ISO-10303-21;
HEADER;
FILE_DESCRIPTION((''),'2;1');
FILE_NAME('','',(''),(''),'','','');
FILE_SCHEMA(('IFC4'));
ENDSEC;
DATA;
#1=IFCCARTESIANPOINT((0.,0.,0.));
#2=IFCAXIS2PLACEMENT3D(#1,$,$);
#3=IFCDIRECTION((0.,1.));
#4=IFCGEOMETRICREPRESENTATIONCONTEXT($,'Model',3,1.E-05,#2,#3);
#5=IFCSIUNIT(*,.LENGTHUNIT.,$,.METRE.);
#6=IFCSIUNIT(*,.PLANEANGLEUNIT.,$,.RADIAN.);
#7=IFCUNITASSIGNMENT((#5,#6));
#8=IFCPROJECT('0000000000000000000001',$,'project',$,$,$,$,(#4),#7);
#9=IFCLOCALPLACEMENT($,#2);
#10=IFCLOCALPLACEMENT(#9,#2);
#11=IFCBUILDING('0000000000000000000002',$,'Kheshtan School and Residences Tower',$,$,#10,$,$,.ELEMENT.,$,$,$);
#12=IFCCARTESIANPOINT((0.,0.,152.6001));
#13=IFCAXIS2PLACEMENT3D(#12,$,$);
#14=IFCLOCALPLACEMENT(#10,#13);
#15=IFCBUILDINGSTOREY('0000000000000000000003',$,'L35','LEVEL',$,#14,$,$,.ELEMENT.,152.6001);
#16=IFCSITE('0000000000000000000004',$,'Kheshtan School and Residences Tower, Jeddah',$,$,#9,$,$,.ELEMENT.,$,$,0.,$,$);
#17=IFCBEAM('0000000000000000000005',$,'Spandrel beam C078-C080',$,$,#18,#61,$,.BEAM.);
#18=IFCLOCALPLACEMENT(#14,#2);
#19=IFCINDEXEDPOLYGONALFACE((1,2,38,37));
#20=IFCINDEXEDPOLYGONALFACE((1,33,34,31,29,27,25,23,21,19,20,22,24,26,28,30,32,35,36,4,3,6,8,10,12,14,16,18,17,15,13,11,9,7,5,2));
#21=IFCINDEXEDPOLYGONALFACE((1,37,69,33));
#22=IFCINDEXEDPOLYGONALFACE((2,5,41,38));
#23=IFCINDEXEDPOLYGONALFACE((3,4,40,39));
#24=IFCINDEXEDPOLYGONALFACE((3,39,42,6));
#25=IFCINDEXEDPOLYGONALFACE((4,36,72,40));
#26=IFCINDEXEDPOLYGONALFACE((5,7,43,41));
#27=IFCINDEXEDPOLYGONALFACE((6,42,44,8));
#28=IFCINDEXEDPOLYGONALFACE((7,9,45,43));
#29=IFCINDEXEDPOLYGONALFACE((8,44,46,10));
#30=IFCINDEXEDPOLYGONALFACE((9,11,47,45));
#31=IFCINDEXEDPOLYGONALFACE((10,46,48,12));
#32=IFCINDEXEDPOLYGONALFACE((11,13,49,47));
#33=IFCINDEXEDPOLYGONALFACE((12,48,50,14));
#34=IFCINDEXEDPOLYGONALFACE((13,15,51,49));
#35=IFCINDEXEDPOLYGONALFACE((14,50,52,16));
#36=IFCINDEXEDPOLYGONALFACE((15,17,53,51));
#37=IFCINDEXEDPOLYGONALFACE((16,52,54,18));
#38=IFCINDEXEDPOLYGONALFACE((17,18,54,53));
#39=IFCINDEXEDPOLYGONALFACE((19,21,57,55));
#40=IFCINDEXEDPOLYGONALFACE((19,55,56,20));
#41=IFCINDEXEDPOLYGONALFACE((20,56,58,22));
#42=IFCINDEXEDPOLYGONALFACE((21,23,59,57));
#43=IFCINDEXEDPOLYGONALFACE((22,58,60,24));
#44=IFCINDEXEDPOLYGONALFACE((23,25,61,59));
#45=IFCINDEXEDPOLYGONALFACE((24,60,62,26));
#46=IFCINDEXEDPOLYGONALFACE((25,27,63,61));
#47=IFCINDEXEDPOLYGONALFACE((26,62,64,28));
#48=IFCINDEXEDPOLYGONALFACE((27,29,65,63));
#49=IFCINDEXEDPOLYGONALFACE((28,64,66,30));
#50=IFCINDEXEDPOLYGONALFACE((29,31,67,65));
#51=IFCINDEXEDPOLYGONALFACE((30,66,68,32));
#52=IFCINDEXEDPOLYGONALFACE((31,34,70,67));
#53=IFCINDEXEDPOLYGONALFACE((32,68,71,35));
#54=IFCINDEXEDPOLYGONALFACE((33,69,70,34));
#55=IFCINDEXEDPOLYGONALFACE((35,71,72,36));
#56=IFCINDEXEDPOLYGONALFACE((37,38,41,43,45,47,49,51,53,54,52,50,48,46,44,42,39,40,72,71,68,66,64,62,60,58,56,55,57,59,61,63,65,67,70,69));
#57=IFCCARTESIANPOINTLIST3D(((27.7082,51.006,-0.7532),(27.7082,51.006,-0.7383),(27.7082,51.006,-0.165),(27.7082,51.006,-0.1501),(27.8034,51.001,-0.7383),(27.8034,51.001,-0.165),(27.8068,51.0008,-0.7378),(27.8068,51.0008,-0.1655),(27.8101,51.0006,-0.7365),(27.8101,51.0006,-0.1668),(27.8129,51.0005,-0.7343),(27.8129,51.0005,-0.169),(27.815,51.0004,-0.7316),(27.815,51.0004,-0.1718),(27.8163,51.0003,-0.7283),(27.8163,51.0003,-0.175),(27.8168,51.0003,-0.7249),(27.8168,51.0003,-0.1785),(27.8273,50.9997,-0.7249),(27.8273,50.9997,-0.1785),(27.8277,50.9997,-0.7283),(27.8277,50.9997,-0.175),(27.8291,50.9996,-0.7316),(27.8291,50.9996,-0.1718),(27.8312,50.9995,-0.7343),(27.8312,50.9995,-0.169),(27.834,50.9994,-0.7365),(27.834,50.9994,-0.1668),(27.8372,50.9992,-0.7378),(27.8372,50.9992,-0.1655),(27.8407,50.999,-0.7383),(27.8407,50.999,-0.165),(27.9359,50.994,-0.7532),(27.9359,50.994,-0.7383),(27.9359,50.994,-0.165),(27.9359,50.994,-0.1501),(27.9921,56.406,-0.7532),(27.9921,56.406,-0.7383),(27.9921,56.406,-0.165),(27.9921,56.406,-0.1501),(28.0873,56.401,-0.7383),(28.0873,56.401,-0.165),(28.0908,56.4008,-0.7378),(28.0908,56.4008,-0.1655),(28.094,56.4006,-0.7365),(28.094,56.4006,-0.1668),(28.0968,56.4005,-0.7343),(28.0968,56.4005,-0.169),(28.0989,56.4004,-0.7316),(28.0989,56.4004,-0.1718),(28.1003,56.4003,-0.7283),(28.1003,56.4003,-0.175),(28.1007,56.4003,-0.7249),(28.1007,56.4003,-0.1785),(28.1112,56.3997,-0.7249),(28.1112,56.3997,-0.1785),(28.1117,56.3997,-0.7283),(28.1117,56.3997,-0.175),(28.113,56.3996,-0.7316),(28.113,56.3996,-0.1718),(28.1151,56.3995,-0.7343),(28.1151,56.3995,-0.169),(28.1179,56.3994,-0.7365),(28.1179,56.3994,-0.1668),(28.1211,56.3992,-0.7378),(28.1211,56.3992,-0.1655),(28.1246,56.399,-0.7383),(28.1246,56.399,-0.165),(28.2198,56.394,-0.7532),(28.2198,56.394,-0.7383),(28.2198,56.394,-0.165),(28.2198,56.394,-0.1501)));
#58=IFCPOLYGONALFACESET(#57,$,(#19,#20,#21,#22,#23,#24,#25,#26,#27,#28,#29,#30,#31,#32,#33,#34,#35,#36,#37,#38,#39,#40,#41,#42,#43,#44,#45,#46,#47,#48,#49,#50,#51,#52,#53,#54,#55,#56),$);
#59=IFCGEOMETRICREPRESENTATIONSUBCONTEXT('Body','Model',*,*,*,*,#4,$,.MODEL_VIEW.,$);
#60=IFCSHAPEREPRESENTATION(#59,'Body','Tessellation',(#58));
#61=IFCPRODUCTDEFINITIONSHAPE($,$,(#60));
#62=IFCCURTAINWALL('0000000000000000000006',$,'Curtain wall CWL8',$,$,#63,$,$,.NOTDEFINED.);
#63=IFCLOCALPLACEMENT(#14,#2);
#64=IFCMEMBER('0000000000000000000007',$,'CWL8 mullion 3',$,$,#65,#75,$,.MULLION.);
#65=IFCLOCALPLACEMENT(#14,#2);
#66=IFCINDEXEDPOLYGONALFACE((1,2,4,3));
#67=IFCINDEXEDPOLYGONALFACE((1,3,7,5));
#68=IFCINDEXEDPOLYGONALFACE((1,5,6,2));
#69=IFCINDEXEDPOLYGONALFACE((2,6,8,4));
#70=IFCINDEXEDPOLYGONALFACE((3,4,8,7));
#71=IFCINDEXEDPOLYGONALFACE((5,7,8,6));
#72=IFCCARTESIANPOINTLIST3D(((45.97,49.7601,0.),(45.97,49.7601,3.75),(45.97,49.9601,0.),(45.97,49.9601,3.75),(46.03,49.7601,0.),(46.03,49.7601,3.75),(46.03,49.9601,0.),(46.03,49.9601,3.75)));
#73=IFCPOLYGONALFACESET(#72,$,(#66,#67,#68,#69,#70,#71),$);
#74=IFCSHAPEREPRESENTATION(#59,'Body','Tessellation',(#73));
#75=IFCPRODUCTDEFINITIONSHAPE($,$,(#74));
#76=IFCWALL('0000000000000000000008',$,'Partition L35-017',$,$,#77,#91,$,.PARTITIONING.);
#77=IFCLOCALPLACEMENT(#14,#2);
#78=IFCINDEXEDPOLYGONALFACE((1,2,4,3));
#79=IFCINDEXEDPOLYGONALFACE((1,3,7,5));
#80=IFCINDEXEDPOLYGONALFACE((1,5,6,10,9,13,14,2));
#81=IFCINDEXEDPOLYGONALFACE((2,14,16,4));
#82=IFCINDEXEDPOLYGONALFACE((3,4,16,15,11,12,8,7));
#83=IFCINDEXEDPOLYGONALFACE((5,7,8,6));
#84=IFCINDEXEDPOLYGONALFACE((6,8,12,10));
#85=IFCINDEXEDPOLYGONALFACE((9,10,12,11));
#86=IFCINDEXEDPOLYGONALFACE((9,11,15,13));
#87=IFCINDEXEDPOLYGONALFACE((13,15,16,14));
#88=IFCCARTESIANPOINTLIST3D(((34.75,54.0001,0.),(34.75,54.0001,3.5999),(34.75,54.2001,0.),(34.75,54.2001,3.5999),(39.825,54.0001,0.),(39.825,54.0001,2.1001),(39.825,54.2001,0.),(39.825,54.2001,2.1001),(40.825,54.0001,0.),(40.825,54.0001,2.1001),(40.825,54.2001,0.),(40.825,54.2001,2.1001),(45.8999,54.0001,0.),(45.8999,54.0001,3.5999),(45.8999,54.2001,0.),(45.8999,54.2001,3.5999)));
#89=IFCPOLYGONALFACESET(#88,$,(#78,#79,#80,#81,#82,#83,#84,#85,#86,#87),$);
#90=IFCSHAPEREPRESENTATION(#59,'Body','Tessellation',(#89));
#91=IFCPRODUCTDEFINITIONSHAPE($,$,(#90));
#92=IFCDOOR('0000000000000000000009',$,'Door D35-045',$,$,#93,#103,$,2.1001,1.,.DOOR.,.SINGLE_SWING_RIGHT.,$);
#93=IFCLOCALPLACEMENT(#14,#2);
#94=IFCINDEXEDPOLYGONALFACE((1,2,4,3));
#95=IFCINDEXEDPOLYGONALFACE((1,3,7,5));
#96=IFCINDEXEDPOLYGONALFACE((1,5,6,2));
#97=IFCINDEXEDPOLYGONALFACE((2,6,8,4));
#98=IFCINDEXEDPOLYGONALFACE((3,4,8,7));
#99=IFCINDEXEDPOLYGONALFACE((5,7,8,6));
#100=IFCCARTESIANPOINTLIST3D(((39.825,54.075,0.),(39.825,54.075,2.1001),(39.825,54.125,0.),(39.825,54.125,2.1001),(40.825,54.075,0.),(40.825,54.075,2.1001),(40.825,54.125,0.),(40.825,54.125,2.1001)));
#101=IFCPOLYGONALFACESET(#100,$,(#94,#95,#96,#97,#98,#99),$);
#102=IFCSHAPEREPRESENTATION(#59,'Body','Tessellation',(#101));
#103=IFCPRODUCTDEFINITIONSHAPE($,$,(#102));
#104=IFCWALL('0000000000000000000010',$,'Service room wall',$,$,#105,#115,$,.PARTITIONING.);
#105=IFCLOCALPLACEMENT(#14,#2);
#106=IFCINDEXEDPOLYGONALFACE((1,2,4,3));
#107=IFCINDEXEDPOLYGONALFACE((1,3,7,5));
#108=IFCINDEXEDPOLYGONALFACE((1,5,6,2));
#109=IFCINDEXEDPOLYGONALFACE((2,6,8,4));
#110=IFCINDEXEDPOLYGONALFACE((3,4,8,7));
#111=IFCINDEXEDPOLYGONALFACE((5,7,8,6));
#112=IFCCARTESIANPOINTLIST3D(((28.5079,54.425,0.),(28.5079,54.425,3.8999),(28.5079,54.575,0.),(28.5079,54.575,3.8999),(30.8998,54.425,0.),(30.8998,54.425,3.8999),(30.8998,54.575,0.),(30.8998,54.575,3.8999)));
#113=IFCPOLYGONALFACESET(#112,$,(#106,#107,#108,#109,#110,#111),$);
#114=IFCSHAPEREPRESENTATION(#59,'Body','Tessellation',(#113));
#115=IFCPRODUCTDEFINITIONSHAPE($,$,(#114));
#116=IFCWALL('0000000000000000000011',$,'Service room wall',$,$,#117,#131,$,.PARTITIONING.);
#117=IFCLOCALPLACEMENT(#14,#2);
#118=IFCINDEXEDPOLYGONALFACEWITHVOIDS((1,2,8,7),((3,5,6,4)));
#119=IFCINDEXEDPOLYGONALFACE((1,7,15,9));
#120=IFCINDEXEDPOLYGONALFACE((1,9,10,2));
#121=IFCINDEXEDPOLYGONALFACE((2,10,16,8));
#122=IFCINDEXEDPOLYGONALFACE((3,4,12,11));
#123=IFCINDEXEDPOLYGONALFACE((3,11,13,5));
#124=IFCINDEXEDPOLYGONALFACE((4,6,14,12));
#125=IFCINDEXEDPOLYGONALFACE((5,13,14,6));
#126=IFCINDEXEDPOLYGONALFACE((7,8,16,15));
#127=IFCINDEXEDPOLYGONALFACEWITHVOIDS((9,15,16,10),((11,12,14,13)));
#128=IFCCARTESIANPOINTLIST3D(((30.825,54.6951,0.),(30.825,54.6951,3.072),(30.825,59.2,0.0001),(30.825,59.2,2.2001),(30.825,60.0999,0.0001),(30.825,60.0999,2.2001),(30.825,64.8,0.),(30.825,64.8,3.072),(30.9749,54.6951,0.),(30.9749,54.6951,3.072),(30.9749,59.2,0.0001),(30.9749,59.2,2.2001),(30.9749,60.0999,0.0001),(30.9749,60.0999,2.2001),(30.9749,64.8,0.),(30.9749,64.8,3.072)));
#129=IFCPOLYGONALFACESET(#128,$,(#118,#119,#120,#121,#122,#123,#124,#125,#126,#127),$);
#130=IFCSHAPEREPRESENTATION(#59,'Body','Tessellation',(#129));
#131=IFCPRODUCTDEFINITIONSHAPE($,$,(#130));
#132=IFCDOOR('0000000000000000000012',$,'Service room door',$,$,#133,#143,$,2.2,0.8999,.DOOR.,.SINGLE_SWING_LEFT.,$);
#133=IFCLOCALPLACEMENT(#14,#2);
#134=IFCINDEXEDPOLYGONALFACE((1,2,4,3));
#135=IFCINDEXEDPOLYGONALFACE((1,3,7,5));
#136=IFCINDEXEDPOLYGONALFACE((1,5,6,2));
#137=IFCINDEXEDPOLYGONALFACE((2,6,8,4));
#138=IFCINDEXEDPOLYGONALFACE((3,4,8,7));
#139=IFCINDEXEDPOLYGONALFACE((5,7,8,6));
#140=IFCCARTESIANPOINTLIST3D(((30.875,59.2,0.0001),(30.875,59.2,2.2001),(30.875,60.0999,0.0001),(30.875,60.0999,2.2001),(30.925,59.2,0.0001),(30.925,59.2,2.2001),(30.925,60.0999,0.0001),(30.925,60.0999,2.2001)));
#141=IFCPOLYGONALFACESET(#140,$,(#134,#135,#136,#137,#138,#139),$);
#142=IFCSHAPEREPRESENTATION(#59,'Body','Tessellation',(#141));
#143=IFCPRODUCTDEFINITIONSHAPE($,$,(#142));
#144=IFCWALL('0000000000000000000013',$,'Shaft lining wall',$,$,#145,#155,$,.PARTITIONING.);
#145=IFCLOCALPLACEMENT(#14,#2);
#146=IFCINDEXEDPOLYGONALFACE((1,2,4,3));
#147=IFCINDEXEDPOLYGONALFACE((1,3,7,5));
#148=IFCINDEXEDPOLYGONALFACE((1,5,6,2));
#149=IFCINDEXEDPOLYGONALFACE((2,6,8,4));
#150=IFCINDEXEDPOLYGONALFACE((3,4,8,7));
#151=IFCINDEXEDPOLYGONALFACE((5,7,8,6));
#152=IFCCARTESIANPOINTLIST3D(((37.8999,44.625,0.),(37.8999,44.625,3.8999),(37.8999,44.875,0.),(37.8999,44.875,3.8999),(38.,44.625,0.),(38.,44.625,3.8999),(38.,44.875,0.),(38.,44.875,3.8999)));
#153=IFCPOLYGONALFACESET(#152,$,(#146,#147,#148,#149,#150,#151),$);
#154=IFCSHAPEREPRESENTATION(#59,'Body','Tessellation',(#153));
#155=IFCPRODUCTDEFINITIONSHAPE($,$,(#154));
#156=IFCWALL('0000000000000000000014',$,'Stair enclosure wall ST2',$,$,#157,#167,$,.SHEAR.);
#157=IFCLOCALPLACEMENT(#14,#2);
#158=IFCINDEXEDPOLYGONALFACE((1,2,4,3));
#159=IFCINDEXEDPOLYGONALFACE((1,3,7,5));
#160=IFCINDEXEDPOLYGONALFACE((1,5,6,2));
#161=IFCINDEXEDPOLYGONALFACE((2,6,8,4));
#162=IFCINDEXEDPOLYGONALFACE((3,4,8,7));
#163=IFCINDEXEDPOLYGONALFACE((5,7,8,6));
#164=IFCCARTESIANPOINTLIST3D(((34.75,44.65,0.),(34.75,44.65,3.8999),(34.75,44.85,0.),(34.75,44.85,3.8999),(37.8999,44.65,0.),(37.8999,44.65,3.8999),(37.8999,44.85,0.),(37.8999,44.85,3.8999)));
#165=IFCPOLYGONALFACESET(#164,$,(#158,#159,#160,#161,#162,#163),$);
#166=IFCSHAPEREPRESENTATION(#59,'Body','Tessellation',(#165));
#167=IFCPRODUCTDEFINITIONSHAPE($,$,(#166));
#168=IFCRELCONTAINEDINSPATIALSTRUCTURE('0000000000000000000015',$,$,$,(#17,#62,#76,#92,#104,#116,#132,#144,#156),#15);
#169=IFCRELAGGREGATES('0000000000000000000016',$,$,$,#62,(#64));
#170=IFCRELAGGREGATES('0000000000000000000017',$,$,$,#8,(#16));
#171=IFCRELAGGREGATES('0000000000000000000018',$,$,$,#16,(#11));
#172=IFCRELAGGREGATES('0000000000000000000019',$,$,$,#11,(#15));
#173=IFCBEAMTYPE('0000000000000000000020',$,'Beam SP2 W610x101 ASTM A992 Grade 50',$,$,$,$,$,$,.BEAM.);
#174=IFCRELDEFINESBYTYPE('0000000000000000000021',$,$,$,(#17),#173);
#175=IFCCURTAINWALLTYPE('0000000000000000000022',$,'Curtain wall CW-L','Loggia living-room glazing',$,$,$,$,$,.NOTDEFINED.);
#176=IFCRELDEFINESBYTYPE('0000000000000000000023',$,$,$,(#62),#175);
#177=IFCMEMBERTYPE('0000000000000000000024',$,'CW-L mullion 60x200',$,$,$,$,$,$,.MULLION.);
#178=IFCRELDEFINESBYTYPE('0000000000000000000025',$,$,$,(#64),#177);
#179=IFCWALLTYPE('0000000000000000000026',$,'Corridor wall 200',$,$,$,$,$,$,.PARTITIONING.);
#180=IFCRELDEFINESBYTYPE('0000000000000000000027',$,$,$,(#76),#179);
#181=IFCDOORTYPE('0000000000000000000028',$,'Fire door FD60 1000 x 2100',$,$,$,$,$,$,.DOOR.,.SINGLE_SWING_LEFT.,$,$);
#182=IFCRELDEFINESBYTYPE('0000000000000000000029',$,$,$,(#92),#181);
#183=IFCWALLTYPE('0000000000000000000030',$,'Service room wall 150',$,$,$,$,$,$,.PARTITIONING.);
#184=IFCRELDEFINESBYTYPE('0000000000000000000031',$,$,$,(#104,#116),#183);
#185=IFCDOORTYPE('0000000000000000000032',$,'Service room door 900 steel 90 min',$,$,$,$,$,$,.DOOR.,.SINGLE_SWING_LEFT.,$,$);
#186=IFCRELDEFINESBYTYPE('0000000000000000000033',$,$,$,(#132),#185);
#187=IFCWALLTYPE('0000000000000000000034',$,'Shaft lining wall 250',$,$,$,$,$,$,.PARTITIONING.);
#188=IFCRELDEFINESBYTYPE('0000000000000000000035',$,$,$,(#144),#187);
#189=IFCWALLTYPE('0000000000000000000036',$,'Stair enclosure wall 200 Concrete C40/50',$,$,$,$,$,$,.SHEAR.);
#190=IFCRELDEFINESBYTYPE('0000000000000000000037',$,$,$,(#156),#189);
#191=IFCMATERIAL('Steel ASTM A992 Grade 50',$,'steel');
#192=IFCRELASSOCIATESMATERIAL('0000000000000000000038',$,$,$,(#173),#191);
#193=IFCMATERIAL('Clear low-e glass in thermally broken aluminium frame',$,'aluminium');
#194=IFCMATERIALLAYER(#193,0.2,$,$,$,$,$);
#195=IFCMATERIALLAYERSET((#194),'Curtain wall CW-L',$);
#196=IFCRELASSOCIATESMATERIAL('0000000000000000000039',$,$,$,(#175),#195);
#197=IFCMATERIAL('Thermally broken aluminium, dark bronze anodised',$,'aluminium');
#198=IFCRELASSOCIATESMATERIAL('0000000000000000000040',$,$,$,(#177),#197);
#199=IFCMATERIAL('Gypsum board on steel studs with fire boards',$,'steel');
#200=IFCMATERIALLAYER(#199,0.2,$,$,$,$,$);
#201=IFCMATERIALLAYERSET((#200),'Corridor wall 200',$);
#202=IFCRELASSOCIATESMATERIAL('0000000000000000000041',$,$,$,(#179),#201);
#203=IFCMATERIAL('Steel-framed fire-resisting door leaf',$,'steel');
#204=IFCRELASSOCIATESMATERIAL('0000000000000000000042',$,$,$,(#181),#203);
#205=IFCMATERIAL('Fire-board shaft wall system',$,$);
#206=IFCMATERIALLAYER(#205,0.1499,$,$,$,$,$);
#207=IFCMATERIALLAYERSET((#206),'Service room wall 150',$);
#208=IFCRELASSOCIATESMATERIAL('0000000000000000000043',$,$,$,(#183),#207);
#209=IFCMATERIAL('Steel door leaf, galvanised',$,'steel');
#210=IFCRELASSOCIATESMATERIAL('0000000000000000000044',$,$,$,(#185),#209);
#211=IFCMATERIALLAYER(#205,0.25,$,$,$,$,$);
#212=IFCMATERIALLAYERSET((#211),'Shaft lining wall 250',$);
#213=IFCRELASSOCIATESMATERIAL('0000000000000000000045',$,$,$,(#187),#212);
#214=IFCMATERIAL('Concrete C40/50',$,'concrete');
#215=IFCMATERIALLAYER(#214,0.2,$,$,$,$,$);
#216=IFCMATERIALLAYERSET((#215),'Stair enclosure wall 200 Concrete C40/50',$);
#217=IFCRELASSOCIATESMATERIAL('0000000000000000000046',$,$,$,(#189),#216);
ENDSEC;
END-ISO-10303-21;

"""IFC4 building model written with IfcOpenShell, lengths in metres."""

from ifc_helpers import new_model, si_unit, direction, frame, frame_2d, origin, origin_2d, place, context, subcontext, project, spatial, rectangle, i_section, extrude, source, transform, mapped, material, layer, layer_set, material_profile, profile_set, type_object, element, fill, aggregate, save


model = new_model("IFC4")

# Units and contexts
model_context = context("Model", 3, precision=1e-05, world=origin(), true_north=direction((0.0, 1.0)))
body_context = subcontext(model_context, "Body", "Model", "MODEL_VIEW")
ifc_project = project(units=[si_unit("LENGTHUNIT", "METRE"), si_unit("PLANEANGLEUNIT", "RADIAN")], contexts=[model_context])

# Site, building, storey
site_placement = place(None, origin())
site = spatial("IfcSite", under=ifc_project, at=site_placement, Name="Kheshtan School and Residences Tower, Jeddah", CompositionType="ELEMENT", RefElevation=0.0)
building_placement = place(site_placement, origin())
building = spatial("IfcBuilding", under=site, at=building_placement, Name="Kheshtan School and Residences Tower", CompositionType="ELEMENT")
storey_placement = place(building_placement, frame((0.0, 0.0, 152.6001)))
storey = spatial("IfcBuildingStorey", under=building, at=storey_placement, Name="L35", Description="LEVEL", CompositionType="ELEMENT", Elevation=152.6001)

# Shared definitions
ifc_material_1 = material(Name="Steel ASTM A992 Grade 50", Category="steel")

# Beam
ifc_material_profile_1 = material_profile(ifc_material_1, i_section(OverallWidth=0.228, OverallDepth=0.603, WebThickness=0.0105, FlangeThickness=0.0149, FilletRadius=0.0134, at=origin_2d()), Name="W610x101")
ifc_profile_set_1 = profile_set([ifc_material_profile_1], Name="Steel ASTM A992 Grade 50")
beam_type = type_object("IfcBeamType", Name="Beam SP2 W610x101 ASTM A992 Grade 50", PredefinedType="BEAM", material=ifc_profile_set_1)
for number, where, z_axis, x_axis, name in (
    (1, (27.822, 51.0, -0.4517), (0.052509, 0.99862, 0.0), (-0.99862, 0.052509, 0.0), "Spandrel beam C078-C080"),
):
    element("IfcBeam", number, at=place(storey_placement, frame(where, z_axis=z_axis, x_axis=x_axis)), inside=storey, type_object=beam_type, Name=name, PredefinedType="BEAM", context=body_context, shape_type="SweptSolid", body=[
        extrude(i_section(OverallWidth=0.228, OverallDepth=0.603, WebThickness=0.0105, FlangeThickness=0.0149, FilletRadius=0.0134, at=origin_2d()), origin(), (0.0, 0.0, 1.0), 5.4075),
    ])

# Curtain wall, member
ifc_material_2 = material(Name="Clear low-e glass in thermally broken aluminium frame", Category="aluminium")
ifc_layer_1 = layer(ifc_material_2, 0.2)
ifc_layer_set_1 = layer_set([ifc_layer_1], Name="Curtain wall CW-L")
curtain_wall_type = type_object("IfcCurtainWallType", Name="Curtain wall CW-L", Description="Loggia living-room glazing", PredefinedType="NOTDEFINED", material=ifc_layer_set_1)
curtain_wall_placement = place(storey_placement, origin())
curtain_wall = element("IfcCurtainWall", 2, at=curtain_wall_placement, inside=storey, type_object=curtain_wall_type, Name="Curtain wall CWL8", PredefinedType="NOTDEFINED")
ifc_material_3 = material(Name="Thermally broken aluminium, dark bronze anodised", Category="aluminium")
ifc_material_profile_2 = material_profile(ifc_material_3, rectangle(XDim=0.0601, YDim=0.2, at=origin_2d()), Name="CW-L mullion 60x200")
ifc_profile_set_2 = profile_set([ifc_material_profile_2], Name="Thermally broken aluminium, dark bronze anodised")
member_type = type_object("IfcMemberType", Name="CW-L mullion 60x200", PredefinedType="MULLION", material=ifc_profile_set_2)
member_placement = place(storey_placement, frame((46.0, 49.8601, 0.0), z_axis=(0.0, 0.0, 1.0), x_axis=(1.0, 0.0, 0.0)))
member = element("IfcMember", 3, at=member_placement, type_object=member_type, Name="CWL8 mullion 3", PredefinedType="MULLION", context=body_context, shape_type="SweptSolid", body=[
    extrude(rectangle(XDim=0.0601, YDim=0.2, at=origin_2d()), origin(), (0.0, 0.0, 1.0), 3.75),
])
aggregate(curtain_wall, [member])

# Wall, opening, door
ifc_material_4 = material(Name="Gypsum board on steel studs with fire boards", Category="steel")
ifc_layer_2 = layer(ifc_material_4, 0.2)
ifc_layer_set_2 = layer_set([ifc_layer_2], Name="Corridor wall 200")
wall_type_1 = type_object("IfcWallType", Name="Corridor wall 200", PredefinedType="PARTITIONING", material=ifc_layer_set_2)
wall_1_placement = place(storey_placement, frame((34.75, 54.1001, 0.0), z_axis=(0.0, 0.0, 1.0), x_axis=(1.0, 0.0, 0.0)))
wall_1 = element("IfcWall", 4, at=wall_1_placement, inside=storey, type_object=wall_type_1, Name="Partition L35-017", PredefinedType="PARTITIONING", context=body_context, shape_type="SweptSolid", body=[
    extrude(rectangle(XDim=11.1499, YDim=0.2, at=frame_2d((5.575, 0.0))), origin(), (0.0, 0.0, 1.0), 3.5999),
])
opening_1_placement = place(wall_1_placement, frame((5.075, 0.0, 0.0)))
opening_1 = element("IfcOpeningElement", 5, at=opening_1_placement, cuts=wall_1, PredefinedType="OPENING", context=body_context, shape_type="SweptSolid", body=[
    extrude(rectangle(XDim=1.0, YDim=2.1001, at=frame_2d((0.5, 1.05))), frame((0.0, 0.1099, 0.0), z_axis=(0.0, -1.0, 0.0), x_axis=(1.0, 0.0, 0.0)), (0.0, 0.0, 1.0), 0.22),
])
ifc_material_5 = material(Name="Steel-framed fire-resisting door leaf", Category="steel")
door_type_1 = type_object("IfcDoorType", Name="Fire door FD60 1000 x 2100", OperationType="SINGLE_SWING_LEFT", PredefinedType="DOOR", material=ifc_material_5)
shared_shape_1 = source(origin(), body_context, "Body", "SweptSolid", [
    extrude(rectangle(XDim=1.0, YDim=2.1001, at=frame_2d((0.5, 1.05))), frame((0.0, 0.0249, 0.0), z_axis=(0.0, -1.0, 0.0), x_axis=(1.0, 0.0, 0.0)), (0.0, 0.0, 1.0), 0.05),
])
door_1_placement = place(opening_1_placement, origin())
door_1 = element("IfcDoor", 6, at=door_1_placement, inside=storey, type_object=door_type_1, Name="Door D35-045", OperationType="SINGLE_SWING_RIGHT", OverallHeight=2.1001, OverallWidth=1.0, PredefinedType="DOOR", context=body_context, shape_type="MappedRepresentation", body=[
    mapped(shared_shape_1, transform((0.0, 0.0, 0.0), x_axis=(1.0, 0.0, 0.0), y_axis=(0.0, 1.0, 0.0), z_axis=(0.0, 0.0, 1.0), scale=1.0)),
])
fill(opening_1, door_1)

# Wall
ifc_material_6 = material(Name="Fire-board shaft wall system")
ifc_layer_3 = layer(ifc_material_6, 0.1499)
ifc_layer_set_3 = layer_set([ifc_layer_3], Name="Service room wall 150")
wall_type_2 = type_object("IfcWallType", Name="Service room wall 150", PredefinedType="PARTITIONING", material=ifc_layer_set_3)
wall_2_placement = place(storey_placement, frame((28.5081, 54.5, 0.0), z_axis=(0.0, 0.0, 1.0), x_axis=(1.0, 0.0, 0.0)))
element("IfcWall", 7, at=wall_2_placement, inside=storey, type_object=wall_type_2, Name="Service room wall", PredefinedType="PARTITIONING", context=body_context, shape_type="SweptSolid", body=[
    extrude(rectangle(XDim=2.3918, YDim=0.1499, at=frame_2d((1.1958, 0.0))), origin(), (0.0, 0.0, 1.0), 3.8999),
])

# Wall, opening, door
wall_3_placement = place(storey_placement, frame((30.8999, 54.6951, 0.0), z_axis=(0.0, 0.0, 1.0), x_axis=(0.0, 1.0, 0.0)))
wall_3 = element("IfcWall", 8, at=wall_3_placement, inside=storey, type_object=wall_type_2, Name="Service room wall", PredefinedType="PARTITIONING", context=body_context, shape_type="SweptSolid", body=[
    extrude(rectangle(XDim=10.105, YDim=0.1499, at=frame_2d((5.0525, 0.0))), origin(), (0.0, 0.0, 1.0), 3.072),
])
opening_2_placement = place(wall_3_placement, frame((4.5049, 0.0, 0.0)))
opening_2 = element("IfcOpeningElement", 9, at=opening_2_placement, cuts=wall_3, PredefinedType="OPENING", context=body_context, shape_type="SweptSolid", body=[
    extrude(rectangle(XDim=0.8999, YDim=2.2, at=frame_2d((0.45, 1.1001))), frame((0.0, 0.085, 0.0), z_axis=(0.0, -1.0, 0.0), x_axis=(1.0, 0.0, 0.0)), (0.0, 0.0, 1.0), 0.1699),
])
ifc_material_7 = material(Name="Steel door leaf, galvanised", Category="steel")
door_type_2 = type_object("IfcDoorType", Name="Service room door 900 steel 90 min", OperationType="SINGLE_SWING_LEFT", PredefinedType="DOOR", material=ifc_material_7)
shared_shape_2 = source(origin(), body_context, "Body", "SweptSolid", [
    extrude(rectangle(XDim=0.8999, YDim=2.2, at=frame_2d((0.45, 1.1001))), frame((0.0, 0.0249, 0.0), z_axis=(0.0, -1.0, 0.0), x_axis=(1.0, 0.0, 0.0)), (0.0, 0.0, 1.0), 0.05),
])
door_2_placement = place(opening_2_placement, origin())
door_2 = element("IfcDoor", 10, at=door_2_placement, inside=storey, type_object=door_type_2, Name="Service room door", OperationType="SINGLE_SWING_LEFT", OverallHeight=2.2, OverallWidth=0.8999, PredefinedType="DOOR", context=body_context, shape_type="MappedRepresentation", body=[
    mapped(shared_shape_2, transform((0.0, 0.0, 0.0), x_axis=(1.0, 0.0, 0.0), y_axis=(0.0, 1.0, 0.0), z_axis=(0.0, 0.0, 1.0), scale=1.0)),
])
fill(opening_2, door_2)

# Walls
ifc_layer_4 = layer(ifc_material_6, 0.25)
ifc_layer_set_4 = layer_set([ifc_layer_4], Name="Shaft lining wall 250")
wall_type_3 = type_object("IfcWallType", Name="Shaft lining wall 250", PredefinedType="PARTITIONING", material=ifc_layer_set_4)
wall_4_placement = place(storey_placement, frame((37.8999, 44.75, 0.0), z_axis=(0.0, 0.0, 1.0), x_axis=(1.0, 0.0, 0.0)))
element("IfcWall", 11, at=wall_4_placement, inside=storey, type_object=wall_type_3, Name="Shaft lining wall", PredefinedType="PARTITIONING", context=body_context, shape_type="SweptSolid", body=[
    extrude(rectangle(XDim=0.1001, YDim=0.25, at=frame_2d((0.05, 0.0))), origin(), (0.0, 0.0, 1.0), 3.8999),
])
ifc_material_8 = material(Name="Concrete C40/50", Category="concrete")
ifc_layer_5 = layer(ifc_material_8, 0.2)
ifc_layer_set_5 = layer_set([ifc_layer_5], Name="Stair enclosure wall 200 Concrete C40/50")
wall_type_4 = type_object("IfcWallType", Name="Stair enclosure wall 200 Concrete C40/50", PredefinedType="SHEAR", material=ifc_layer_set_5)
for number, where, z_axis, x_axis, name in (
    (12, (34.75, 44.75, 0.0), (0.0, 0.0, 1.0), (1.0, 0.0, 0.0), "Stair enclosure wall ST2"),
):
    element("IfcWall", number, at=place(storey_placement, frame(where, z_axis=z_axis, x_axis=x_axis)), inside=storey, type_object=wall_type_4, Name=name, PredefinedType="SHEAR", context=body_context, shape_type="SweptSolid", body=[
        extrude(rectangle(XDim=3.1499, YDim=0.2, at=frame_2d((1.575, 0.0))), origin(), (0.0, 0.0, 1.0), 3.8999),
    ])

save(model, "model.ifc")
